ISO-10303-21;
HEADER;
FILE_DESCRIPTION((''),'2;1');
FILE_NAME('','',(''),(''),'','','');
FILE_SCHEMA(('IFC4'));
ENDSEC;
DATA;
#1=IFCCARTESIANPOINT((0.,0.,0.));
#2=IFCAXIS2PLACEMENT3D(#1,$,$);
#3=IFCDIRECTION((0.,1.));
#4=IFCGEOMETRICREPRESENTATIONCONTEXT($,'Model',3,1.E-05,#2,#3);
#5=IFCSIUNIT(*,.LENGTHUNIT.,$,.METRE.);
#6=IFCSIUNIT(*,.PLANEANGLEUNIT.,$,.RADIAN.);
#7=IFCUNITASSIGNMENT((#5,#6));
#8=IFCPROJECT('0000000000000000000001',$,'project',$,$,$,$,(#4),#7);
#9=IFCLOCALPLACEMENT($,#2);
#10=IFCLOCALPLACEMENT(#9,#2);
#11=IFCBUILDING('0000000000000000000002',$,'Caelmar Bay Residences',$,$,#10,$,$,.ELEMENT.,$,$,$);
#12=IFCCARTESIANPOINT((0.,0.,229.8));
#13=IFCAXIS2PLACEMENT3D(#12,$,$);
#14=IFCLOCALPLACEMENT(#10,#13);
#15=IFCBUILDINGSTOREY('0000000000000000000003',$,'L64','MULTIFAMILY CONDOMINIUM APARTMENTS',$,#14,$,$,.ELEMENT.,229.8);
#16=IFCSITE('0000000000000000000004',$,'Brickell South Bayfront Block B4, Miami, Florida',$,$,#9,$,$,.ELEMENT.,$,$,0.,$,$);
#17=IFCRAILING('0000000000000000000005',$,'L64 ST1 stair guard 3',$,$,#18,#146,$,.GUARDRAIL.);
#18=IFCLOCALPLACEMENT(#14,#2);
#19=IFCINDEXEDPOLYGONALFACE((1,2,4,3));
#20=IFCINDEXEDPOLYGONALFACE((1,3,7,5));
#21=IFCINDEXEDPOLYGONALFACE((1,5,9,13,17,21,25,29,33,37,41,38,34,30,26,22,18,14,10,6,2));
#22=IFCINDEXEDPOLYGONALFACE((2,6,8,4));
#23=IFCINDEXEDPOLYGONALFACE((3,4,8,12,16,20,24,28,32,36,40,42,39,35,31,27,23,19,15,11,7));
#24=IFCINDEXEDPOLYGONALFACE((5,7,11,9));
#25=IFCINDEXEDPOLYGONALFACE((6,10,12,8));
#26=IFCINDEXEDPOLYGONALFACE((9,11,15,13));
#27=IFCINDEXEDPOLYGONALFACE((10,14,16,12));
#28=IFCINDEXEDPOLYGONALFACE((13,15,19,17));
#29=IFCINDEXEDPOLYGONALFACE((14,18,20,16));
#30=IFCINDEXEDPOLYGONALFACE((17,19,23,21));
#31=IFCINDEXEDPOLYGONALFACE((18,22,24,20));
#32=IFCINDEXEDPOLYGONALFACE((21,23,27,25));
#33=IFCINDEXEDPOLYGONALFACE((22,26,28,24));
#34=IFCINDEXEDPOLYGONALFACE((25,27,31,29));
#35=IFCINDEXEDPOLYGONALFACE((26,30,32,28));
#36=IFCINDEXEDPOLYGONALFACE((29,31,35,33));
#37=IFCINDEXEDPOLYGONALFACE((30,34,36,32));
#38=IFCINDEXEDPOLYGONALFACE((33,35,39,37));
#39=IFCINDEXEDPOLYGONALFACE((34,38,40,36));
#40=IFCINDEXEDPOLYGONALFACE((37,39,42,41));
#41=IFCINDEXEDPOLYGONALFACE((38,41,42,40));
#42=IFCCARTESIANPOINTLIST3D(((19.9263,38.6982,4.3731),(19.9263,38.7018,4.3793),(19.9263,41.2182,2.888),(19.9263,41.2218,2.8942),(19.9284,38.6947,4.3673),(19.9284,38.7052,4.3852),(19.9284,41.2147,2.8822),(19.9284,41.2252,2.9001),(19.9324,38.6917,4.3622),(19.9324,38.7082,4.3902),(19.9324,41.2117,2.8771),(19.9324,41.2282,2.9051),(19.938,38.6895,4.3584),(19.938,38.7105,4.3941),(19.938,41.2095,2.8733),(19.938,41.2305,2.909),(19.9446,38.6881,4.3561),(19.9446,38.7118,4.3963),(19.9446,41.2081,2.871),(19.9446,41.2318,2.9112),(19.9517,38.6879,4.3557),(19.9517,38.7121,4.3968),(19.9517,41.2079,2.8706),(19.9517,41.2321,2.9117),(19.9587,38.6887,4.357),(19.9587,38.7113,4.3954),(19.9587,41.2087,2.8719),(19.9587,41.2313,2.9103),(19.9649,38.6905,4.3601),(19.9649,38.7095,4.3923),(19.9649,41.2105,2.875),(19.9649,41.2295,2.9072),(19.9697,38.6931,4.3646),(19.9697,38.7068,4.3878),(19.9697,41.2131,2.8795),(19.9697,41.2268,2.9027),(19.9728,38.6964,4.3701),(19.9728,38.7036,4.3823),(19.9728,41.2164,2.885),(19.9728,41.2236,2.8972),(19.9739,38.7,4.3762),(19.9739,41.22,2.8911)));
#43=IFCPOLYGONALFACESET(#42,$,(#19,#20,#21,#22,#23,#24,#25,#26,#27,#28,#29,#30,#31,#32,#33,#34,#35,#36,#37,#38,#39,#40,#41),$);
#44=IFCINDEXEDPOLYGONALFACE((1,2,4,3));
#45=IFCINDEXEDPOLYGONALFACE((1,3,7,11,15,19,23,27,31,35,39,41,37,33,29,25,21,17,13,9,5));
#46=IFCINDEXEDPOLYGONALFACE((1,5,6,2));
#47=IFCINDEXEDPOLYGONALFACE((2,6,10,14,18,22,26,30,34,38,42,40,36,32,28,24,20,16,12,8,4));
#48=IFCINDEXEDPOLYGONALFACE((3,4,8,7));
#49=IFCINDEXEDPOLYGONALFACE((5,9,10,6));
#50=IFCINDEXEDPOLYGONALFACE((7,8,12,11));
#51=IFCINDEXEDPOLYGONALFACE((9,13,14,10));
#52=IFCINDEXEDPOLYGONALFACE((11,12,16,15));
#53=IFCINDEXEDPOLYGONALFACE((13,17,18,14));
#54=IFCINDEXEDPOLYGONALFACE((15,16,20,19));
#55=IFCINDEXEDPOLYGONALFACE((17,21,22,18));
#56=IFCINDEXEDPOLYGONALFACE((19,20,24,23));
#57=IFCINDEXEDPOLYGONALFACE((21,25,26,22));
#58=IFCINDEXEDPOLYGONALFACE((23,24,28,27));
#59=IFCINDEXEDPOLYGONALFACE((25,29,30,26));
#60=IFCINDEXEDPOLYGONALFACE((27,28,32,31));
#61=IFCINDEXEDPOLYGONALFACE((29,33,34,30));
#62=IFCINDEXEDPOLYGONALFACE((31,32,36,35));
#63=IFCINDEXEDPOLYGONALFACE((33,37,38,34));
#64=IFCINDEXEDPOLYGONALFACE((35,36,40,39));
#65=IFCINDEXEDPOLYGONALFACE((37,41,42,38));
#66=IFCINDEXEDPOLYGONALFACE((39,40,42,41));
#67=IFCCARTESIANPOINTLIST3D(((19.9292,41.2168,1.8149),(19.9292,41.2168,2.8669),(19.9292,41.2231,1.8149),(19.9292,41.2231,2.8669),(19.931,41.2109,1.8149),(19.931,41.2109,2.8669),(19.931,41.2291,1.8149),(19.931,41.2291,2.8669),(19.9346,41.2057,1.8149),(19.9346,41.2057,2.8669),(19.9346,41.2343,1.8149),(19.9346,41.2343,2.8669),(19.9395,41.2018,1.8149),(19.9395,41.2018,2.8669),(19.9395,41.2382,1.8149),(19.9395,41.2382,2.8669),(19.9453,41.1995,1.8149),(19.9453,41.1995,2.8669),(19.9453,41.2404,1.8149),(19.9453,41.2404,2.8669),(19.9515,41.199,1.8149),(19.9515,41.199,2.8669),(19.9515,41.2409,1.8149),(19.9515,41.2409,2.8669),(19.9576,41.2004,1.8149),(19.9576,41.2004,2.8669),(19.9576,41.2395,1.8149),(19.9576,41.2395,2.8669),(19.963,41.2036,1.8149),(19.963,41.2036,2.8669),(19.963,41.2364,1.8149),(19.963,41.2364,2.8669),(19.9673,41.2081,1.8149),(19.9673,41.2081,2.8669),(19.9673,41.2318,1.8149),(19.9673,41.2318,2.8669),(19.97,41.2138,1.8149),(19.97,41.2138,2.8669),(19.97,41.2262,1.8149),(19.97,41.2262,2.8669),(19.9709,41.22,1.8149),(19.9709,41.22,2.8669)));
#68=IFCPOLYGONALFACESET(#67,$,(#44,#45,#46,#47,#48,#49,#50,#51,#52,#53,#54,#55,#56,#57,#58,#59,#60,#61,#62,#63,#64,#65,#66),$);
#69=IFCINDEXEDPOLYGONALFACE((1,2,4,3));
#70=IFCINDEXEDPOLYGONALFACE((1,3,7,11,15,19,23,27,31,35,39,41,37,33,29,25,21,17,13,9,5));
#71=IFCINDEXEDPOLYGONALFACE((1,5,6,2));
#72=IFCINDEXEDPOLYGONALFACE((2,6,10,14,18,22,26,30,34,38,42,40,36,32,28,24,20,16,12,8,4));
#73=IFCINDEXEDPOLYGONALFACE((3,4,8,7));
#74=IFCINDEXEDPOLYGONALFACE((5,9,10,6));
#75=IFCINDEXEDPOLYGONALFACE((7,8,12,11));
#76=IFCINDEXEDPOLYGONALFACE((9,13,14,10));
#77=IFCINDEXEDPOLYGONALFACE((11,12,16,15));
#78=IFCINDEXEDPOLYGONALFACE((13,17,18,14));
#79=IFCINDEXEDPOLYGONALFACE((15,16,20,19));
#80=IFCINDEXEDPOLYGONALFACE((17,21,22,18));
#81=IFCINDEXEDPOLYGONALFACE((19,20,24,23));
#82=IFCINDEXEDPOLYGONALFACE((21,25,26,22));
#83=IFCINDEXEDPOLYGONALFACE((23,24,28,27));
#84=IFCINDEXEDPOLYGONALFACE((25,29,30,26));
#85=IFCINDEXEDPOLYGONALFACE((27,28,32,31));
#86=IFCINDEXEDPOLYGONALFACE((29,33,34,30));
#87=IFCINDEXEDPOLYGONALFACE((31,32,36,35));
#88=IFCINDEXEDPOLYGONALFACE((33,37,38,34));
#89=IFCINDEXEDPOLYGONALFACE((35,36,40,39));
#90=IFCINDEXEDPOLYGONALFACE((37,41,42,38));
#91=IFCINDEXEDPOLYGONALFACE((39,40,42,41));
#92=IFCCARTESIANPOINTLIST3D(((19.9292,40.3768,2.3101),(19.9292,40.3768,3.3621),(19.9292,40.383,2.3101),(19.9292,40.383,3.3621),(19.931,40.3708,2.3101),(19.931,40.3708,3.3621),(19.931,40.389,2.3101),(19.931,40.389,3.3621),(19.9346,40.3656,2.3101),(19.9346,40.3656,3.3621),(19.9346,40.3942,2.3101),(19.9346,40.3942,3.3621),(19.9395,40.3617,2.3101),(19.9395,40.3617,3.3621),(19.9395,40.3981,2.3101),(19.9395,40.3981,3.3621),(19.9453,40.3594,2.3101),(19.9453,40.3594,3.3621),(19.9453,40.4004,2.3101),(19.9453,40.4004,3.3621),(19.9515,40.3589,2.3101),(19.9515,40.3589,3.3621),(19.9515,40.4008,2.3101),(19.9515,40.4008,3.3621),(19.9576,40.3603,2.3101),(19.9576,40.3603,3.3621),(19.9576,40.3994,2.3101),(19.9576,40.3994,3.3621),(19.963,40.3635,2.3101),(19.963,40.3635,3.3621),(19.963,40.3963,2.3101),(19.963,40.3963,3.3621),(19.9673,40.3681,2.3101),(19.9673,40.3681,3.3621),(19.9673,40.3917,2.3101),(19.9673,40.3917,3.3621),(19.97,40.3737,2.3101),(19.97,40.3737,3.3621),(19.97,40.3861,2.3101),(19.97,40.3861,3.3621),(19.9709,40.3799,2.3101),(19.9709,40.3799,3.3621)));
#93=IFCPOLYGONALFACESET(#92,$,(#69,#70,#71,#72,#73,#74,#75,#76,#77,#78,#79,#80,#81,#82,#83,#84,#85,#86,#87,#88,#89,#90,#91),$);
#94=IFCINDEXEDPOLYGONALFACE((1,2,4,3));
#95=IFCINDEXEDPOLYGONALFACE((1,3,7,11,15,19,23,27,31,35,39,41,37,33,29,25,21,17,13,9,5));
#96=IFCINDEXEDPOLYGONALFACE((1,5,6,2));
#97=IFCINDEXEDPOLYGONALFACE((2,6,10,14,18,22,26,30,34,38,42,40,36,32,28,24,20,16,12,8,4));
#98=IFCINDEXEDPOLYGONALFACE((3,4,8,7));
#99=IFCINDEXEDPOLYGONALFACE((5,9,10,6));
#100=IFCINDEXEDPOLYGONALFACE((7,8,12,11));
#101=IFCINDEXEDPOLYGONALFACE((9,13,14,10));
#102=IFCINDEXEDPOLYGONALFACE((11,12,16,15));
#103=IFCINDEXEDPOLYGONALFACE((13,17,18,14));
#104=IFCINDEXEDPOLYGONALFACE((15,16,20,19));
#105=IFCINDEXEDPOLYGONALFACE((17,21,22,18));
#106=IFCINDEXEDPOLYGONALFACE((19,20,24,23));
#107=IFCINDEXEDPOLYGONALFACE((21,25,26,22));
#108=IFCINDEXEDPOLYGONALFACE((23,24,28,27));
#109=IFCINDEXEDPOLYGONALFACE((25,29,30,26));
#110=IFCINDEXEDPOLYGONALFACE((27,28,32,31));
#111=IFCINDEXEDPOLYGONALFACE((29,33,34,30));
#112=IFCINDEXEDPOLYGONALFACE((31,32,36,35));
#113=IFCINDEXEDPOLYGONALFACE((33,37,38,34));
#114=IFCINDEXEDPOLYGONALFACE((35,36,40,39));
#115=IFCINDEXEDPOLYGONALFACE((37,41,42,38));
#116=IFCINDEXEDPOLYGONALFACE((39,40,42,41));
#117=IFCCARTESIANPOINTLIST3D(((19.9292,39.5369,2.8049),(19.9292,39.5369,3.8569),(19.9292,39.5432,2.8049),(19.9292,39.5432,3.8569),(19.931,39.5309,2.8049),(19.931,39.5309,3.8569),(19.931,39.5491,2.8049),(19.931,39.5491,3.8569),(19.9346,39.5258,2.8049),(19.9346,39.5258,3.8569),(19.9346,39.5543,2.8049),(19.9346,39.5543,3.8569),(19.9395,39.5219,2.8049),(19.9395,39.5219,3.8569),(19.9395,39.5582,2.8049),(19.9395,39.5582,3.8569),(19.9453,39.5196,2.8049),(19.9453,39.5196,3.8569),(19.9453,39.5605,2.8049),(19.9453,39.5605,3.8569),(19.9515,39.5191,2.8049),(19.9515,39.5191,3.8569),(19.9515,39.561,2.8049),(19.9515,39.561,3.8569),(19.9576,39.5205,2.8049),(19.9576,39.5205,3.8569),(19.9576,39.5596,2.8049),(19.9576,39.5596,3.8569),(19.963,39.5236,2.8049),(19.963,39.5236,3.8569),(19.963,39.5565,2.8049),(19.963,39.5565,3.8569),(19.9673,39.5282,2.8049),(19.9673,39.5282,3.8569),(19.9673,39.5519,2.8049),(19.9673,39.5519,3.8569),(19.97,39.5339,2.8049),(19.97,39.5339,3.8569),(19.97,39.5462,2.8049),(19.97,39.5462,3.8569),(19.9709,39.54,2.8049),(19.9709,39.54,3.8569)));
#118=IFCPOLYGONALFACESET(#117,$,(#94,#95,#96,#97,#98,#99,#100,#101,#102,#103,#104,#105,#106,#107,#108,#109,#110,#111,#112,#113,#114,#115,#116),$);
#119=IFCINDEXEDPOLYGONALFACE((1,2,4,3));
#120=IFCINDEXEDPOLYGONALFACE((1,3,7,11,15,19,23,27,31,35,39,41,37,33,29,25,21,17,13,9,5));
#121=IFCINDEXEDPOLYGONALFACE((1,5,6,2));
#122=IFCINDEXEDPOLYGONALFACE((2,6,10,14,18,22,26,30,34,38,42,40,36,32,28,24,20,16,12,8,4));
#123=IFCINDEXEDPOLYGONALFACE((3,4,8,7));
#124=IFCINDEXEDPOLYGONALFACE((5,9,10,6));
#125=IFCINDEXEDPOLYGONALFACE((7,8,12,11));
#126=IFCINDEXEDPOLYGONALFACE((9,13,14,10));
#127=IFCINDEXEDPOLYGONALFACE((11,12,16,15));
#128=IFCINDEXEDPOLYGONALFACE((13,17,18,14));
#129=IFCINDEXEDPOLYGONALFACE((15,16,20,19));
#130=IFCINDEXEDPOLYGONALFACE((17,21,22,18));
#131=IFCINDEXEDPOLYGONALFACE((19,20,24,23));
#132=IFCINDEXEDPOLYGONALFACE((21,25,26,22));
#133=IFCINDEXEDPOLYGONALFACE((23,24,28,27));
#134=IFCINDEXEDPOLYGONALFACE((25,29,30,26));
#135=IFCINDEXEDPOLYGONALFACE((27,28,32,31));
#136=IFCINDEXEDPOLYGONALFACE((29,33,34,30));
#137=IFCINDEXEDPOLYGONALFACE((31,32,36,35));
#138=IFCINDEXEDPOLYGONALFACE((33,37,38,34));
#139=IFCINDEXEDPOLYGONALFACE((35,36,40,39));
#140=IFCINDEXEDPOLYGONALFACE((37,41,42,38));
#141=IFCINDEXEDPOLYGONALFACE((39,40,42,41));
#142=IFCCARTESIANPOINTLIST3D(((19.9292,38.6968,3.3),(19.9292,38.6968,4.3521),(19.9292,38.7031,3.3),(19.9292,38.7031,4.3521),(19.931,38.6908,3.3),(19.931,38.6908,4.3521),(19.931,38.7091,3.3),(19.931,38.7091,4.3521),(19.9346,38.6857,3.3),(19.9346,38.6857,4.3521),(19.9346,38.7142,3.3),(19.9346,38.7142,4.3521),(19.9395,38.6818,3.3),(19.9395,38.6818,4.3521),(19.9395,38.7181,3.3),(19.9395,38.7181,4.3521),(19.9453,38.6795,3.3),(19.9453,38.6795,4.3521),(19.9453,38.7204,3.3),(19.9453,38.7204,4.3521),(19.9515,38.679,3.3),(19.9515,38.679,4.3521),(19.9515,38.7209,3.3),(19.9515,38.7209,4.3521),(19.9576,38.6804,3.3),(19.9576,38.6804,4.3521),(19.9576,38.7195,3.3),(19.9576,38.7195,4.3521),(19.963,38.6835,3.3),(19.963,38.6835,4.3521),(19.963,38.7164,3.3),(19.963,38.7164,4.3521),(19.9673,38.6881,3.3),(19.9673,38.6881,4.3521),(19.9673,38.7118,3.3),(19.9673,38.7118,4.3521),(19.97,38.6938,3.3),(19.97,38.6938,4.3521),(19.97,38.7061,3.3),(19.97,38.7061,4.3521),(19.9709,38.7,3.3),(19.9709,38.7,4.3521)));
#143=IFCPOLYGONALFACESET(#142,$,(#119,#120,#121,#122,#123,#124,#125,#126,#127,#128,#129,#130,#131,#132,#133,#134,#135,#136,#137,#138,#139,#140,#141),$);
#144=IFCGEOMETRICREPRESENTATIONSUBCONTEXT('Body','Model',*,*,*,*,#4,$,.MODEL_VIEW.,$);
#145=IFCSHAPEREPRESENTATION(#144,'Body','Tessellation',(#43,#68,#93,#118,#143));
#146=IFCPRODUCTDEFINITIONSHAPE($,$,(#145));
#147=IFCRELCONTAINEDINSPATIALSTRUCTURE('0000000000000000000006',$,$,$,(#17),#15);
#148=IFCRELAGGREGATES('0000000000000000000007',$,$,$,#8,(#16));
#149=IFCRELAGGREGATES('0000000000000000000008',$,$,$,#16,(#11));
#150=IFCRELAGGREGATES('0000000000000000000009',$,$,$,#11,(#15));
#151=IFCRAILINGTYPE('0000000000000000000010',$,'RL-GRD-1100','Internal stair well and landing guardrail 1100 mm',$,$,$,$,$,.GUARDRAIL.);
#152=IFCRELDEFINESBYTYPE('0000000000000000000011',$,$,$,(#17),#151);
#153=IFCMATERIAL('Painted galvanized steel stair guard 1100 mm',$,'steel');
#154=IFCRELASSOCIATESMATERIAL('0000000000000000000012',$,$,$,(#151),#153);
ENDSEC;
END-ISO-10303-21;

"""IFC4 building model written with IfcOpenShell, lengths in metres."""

from ifc_helpers import new_model, si_unit, direction, frame, origin, origin_2d, place, context, subcontext, project, spatial, circle, extrude, material, type_object, element, save


model = new_model("IFC4")

# Units and contexts
model_context = context("Model", 3, precision=1e-05, world=origin(), true_north=direction((0.0, 1.0)))
body_context = subcontext(model_context, "Body", "Model", "MODEL_VIEW")
ifc_project = project(units=[si_unit("LENGTHUNIT", "METRE"), si_unit("PLANEANGLEUNIT", "RADIAN")], contexts=[model_context])

# Site, building, storey
site_placement = place(None, origin())
site = spatial("IfcSite", under=ifc_project, at=site_placement, Name="Brickell South Bayfront Block B4, Miami, Florida", CompositionType="ELEMENT", RefElevation=0.0)
building_placement = place(site_placement, origin())
building = spatial("IfcBuilding", under=site, at=building_placement, Name="Caelmar Bay Residences", CompositionType="ELEMENT")
storey_placement = place(building_placement, frame((0.0, 0.0, 229.8)))
storey = spatial("IfcBuildingStorey", under=building, at=storey_placement, Name="L64", Description="MULTIFAMILY CONDOMINIUM APARTMENTS", CompositionType="ELEMENT", Elevation=229.8)

# Railing
ifc_material_1 = material(Name="Painted galvanized steel stair guard 1100 mm", Category="steel")
railing_type_1 = type_object("IfcRailingType", Name="RL-GRD-1100", Description="Internal stair well and landing guardrail 1100 mm", PredefinedType="GUARDRAIL", material=ifc_material_1)
railing_1_placement = place(storey_placement, frame((19.95, 41.22, 1.8149)))
element("IfcRailing", 1, at=railing_1_placement, inside=storey, type_object=railing_type_1, Name="L64 ST1 stair guard 3", PredefinedType="GUARDRAIL", context=body_context, shape_type="SweptSolid", body=[
    extrude(circle(Radius=0.0239, at=origin_2d()), frame((0.0, 0.0, 1.0762), z_axis=(0.0, -0.861524, 0.507717), x_axis=(1.0, 0.0, 0.0)), (0.0, 0.0, 1.0), 2.925),
    extrude(circle(Radius=0.021, at=origin_2d()), origin(), (0.0, 0.0, 1.0), 1.052),
    extrude(circle(Radius=0.021, at=origin_2d()), frame((0.0, -0.8401, 0.4951)), (0.0, 0.0, 1.0), 1.052),
    extrude(circle(Radius=0.021, at=origin_2d()), frame((0.0, -1.6799, 0.99)), (0.0, 0.0, 1.0), 1.052),
    extrude(circle(Radius=0.021, at=origin_2d()), frame((0.0, -2.52, 1.4851)), (0.0, 0.0, 1.0), 1.052),
])

save(model, "model.ifc")
